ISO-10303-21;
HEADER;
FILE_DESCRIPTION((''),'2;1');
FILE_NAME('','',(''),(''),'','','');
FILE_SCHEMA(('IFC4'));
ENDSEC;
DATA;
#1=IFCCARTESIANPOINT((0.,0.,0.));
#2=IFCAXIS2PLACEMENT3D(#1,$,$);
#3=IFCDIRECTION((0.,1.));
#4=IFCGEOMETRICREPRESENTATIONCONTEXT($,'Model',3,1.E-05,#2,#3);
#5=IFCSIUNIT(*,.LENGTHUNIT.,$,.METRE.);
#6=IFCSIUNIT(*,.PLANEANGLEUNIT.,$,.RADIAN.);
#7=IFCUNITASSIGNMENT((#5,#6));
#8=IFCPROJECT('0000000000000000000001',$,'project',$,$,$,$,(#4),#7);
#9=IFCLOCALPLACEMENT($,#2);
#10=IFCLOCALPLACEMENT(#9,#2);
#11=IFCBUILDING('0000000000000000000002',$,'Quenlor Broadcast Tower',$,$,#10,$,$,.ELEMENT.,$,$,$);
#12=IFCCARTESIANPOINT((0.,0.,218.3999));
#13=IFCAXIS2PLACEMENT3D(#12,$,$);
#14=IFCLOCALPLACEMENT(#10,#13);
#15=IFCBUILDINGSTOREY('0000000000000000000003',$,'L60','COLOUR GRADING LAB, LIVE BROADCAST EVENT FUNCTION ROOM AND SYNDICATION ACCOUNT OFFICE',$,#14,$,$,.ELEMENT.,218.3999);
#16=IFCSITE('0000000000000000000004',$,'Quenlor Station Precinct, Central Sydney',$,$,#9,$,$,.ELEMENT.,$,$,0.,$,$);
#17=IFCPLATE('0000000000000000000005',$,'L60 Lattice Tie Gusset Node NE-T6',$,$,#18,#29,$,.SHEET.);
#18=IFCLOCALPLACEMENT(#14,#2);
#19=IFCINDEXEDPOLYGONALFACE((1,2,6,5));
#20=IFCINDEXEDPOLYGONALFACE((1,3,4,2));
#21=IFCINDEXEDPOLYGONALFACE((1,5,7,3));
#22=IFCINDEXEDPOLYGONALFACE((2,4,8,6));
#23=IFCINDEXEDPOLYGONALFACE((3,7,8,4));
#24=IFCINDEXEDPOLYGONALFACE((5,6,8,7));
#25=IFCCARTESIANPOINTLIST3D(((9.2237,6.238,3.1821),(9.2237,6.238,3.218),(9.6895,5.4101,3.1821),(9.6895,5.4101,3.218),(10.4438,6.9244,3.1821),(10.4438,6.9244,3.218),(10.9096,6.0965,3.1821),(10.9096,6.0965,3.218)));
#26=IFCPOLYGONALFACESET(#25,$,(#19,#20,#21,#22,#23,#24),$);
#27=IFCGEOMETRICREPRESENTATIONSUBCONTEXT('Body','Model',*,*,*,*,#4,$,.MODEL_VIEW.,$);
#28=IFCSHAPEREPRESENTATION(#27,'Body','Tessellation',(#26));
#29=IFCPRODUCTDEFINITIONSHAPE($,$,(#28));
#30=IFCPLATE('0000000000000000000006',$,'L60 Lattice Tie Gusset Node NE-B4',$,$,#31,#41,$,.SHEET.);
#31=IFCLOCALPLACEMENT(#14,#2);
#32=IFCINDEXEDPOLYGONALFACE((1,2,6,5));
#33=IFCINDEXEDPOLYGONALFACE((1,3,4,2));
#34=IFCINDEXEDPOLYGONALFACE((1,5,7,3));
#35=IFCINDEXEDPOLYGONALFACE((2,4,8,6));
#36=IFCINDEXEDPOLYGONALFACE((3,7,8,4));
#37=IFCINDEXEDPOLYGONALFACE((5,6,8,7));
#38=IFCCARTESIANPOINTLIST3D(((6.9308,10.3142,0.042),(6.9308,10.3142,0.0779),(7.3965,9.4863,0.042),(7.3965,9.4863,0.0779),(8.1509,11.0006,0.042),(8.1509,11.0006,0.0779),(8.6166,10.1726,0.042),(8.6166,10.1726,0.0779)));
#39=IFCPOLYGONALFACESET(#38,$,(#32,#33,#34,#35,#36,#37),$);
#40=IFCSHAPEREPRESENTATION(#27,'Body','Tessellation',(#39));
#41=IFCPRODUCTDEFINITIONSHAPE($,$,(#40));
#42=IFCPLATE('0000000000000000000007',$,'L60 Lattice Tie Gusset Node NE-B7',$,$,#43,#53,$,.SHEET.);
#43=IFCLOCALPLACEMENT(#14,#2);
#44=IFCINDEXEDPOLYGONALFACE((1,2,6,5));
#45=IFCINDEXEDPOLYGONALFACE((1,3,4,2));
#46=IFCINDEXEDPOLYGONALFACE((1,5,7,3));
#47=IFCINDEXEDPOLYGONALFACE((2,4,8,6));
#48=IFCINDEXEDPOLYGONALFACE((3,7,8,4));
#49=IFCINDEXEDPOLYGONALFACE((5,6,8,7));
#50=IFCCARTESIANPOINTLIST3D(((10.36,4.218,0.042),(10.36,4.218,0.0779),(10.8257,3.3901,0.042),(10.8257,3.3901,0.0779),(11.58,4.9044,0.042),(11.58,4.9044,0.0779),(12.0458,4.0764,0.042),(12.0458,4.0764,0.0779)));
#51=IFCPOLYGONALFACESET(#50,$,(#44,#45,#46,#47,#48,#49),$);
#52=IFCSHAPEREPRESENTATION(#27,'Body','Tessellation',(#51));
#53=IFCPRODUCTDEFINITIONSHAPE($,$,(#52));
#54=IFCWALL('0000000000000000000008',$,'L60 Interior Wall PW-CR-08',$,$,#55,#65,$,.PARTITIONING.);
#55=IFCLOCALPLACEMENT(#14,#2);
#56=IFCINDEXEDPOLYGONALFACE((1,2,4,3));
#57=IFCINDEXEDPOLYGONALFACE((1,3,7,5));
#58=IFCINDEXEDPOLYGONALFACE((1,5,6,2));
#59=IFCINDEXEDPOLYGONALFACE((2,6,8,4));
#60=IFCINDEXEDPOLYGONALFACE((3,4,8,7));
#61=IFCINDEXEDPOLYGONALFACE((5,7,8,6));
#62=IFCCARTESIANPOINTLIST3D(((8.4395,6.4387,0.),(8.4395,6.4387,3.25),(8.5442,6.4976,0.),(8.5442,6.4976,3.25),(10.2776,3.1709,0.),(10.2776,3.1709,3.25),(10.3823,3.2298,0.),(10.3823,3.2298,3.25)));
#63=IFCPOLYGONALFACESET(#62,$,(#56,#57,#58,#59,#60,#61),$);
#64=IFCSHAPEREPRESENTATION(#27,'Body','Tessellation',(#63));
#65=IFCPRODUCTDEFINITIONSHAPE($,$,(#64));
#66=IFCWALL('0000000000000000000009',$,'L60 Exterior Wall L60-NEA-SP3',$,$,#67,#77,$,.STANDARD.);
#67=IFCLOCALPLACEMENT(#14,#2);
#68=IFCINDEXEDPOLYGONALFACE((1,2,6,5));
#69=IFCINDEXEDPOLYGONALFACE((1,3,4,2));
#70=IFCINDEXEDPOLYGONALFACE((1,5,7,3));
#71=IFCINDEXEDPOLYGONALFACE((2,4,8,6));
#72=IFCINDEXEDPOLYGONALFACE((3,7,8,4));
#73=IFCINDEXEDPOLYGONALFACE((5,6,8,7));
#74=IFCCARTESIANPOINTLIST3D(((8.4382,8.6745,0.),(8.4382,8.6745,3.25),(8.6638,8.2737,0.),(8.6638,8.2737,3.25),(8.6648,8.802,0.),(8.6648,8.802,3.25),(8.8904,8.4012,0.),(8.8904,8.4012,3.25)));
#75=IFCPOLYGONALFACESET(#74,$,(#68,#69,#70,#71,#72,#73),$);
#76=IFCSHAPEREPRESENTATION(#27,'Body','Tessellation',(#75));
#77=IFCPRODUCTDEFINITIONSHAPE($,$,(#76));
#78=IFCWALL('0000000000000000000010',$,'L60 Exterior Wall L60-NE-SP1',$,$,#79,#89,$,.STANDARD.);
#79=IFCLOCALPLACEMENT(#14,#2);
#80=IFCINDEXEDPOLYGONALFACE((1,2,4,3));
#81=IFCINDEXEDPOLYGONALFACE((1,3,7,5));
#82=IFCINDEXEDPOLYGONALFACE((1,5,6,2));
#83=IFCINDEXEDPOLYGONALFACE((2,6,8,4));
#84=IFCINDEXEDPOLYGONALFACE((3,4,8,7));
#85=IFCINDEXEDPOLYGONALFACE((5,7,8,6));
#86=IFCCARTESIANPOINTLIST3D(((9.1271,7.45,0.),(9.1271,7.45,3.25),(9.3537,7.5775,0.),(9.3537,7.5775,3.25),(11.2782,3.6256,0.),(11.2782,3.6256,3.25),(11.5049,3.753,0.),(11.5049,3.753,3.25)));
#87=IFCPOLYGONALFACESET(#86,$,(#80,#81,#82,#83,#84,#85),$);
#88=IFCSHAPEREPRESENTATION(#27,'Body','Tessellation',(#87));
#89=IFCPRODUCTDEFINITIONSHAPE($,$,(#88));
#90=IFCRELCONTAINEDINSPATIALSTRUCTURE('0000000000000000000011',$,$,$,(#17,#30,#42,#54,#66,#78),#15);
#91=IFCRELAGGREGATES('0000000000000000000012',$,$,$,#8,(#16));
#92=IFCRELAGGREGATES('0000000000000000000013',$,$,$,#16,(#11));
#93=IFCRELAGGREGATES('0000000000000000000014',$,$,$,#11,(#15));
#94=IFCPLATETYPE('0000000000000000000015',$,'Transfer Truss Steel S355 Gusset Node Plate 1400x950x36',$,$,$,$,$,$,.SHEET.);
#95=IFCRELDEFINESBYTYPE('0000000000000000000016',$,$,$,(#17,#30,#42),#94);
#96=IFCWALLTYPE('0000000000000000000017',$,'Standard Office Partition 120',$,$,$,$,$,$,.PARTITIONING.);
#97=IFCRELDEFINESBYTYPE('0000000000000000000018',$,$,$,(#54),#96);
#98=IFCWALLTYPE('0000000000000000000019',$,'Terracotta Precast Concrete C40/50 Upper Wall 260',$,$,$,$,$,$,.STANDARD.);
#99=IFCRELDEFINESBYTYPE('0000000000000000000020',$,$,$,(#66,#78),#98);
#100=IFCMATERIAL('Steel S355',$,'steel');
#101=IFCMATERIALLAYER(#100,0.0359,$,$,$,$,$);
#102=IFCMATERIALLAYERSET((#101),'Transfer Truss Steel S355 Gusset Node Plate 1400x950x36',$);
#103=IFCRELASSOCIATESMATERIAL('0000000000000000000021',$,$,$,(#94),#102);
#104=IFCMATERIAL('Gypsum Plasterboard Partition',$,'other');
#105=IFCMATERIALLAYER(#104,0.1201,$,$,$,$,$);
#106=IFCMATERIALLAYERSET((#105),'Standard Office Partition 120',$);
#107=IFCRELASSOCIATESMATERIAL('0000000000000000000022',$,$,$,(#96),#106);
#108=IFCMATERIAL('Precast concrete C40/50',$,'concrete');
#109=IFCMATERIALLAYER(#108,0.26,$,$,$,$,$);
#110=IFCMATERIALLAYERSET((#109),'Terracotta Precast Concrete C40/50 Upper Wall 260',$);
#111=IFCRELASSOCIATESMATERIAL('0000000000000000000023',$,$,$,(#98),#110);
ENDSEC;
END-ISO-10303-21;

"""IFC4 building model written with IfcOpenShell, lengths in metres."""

from ifc_helpers import new_model, si_unit, direction, frame, frame_2d, origin, origin_2d, place, context, subcontext, project, spatial, rectangle, extrude, material, layer, layer_set, type_object, element, save


model = new_model("IFC4")

# Units and contexts
model_context = context("Model", 3, precision=1e-05, world=origin(), true_north=direction((0.0, 1.0)))
body_context = subcontext(model_context, "Body", "Model", "MODEL_VIEW")
ifc_project = project(units=[si_unit("LENGTHUNIT", "METRE"), si_unit("PLANEANGLEUNIT", "RADIAN")], contexts=[model_context])

# Site, building, storey
site_placement = place(None, origin())
site = spatial("IfcSite", under=ifc_project, at=site_placement, Name="Quenlor Station Precinct, Central Sydney", CompositionType="ELEMENT", RefElevation=0.0)
building_placement = place(site_placement, origin())
building = spatial("IfcBuilding", under=site, at=building_placement, Name="Quenlor Broadcast Tower", CompositionType="ELEMENT")
storey_placement = place(building_placement, frame((0.0, 0.0, 218.3999)))
storey = spatial("IfcBuildingStorey", under=building, at=storey_placement, Name="L60", Description="COLOUR GRADING LAB, LIVE BROADCAST EVENT FUNCTION ROOM AND SYNDICATION ACCOUNT OFFICE", CompositionType="ELEMENT", Elevation=218.3999)

# Plates
ifc_material_1 = material(Name="Steel S355", Category="steel")
ifc_layer_1 = layer(ifc_material_1, 0.0359)
ifc_layer_set_1 = layer_set([ifc_layer_1], Name="Transfer Truss Steel S355 Gusset Node Plate 1400x950x36")
plate_type_1 = type_object("IfcPlateType", Name="Transfer Truss Steel S355 Gusset Node Plate 1400x950x36", PredefinedType="SHEET", material=ifc_layer_set_1)
for number, where, z_axis, x_axis, name in (
    (1, (10.0667, 6.1672, 3.1821), (0.0, 0.0, 1.0), (0.871556, 0.490295, 0.0), "L60 Lattice Tie Gusset Node NE-T6"),
    (2, (7.7737, 10.2434, 0.042), (0.0, 0.0, 1.0), (0.871556, 0.490295, 0.0), "L60 Lattice Tie Gusset Node NE-B4"),
    (3, (11.2029, 4.1472, 0.042), (0.0, 0.0, 1.0), (0.871556, 0.490295, 0.0), "L60 Lattice Tie Gusset Node NE-B7"),
):
    element("IfcPlate", number, at=place(storey_placement, frame(where, z_axis=z_axis, x_axis=x_axis)), inside=storey, type_object=plate_type_1, Name=name, PredefinedType="SHEET", context=body_context, shape_type="SweptSolid", body=[
        extrude(rectangle(XDim=1.3999, YDim=0.95, at=origin_2d()), origin(), (0.0, 0.0, 1.0), 0.0359),
    ])

# Walls
ifc_material_2 = material(Name="Gypsum Plasterboard Partition", Category="other")
ifc_layer_2 = layer(ifc_material_2, 0.1201)
ifc_layer_set_2 = layer_set([ifc_layer_2], Name="Standard Office Partition 120")
wall_type_1 = type_object("IfcWallType", Name="Standard Office Partition 120", PredefinedType="PARTITIONING", material=ifc_layer_set_2)
wall_1_placement = place(storey_placement, frame((8.4919, 6.468, 0.0), z_axis=(0.0, 0.0, 1.0), x_axis=(0.490258, -0.871577, 0.0)))
element("IfcWall", 4, at=wall_1_placement, inside=storey, type_object=wall_type_1, Name="L60 Interior Wall PW-CR-08", PredefinedType="PARTITIONING", context=body_context, shape_type="SweptSolid", body=[
    extrude(rectangle(XDim=3.7493, YDim=0.1201, at=frame_2d((1.8745, 0.0))), origin(), (0.0, 0.0, 1.0), 3.25),
])
ifc_material_3 = material(Name="Precast concrete C40/50", Category="concrete")
ifc_layer_3 = layer(ifc_material_3, 0.26)
ifc_layer_set_3 = layer_set([ifc_layer_3], Name="Terracotta Precast Concrete C40/50 Upper Wall 260")
wall_type_2 = type_object("IfcWallType", Name="Terracotta Precast Concrete C40/50 Upper Wall 260", PredefinedType="STANDARD", material=ifc_layer_set_3)
wall_2_placement = place(storey_placement, frame((8.5515, 8.7383, 0.0), z_axis=(0.0, 0.0, 1.0), x_axis=(0.490412, -0.87149, 0.0)))
element("IfcWall", 5, at=wall_2_placement, inside=storey, type_object=wall_type_2, Name="L60 Exterior Wall L60-NEA-SP3", PredefinedType="STANDARD", context=body_context, shape_type="SweptSolid", body=[
    extrude(rectangle(XDim=0.46, YDim=0.26, at=frame_2d((0.23, 0.0))), origin(), (0.0, 0.0, 1.0), 3.25),
])
wall_3_placement = place(storey_placement, frame((9.2405, 7.5137, 0.0), z_axis=(0.0, 0.0, 1.0), x_axis=(0.490237, -0.871589, 0.0)))
element("IfcWall", 6, at=wall_3_placement, inside=storey, type_object=wall_type_2, Name="L60 Exterior Wall L60-NE-SP1", PredefinedType="STANDARD", context=body_context, shape_type="SweptSolid", body=[
    extrude(rectangle(XDim=4.3879, YDim=0.26, at=frame_2d((2.1938, 0.0))), origin(), (0.0, 0.0, 1.0), 3.25),
])

save(model, "model.ifc")
